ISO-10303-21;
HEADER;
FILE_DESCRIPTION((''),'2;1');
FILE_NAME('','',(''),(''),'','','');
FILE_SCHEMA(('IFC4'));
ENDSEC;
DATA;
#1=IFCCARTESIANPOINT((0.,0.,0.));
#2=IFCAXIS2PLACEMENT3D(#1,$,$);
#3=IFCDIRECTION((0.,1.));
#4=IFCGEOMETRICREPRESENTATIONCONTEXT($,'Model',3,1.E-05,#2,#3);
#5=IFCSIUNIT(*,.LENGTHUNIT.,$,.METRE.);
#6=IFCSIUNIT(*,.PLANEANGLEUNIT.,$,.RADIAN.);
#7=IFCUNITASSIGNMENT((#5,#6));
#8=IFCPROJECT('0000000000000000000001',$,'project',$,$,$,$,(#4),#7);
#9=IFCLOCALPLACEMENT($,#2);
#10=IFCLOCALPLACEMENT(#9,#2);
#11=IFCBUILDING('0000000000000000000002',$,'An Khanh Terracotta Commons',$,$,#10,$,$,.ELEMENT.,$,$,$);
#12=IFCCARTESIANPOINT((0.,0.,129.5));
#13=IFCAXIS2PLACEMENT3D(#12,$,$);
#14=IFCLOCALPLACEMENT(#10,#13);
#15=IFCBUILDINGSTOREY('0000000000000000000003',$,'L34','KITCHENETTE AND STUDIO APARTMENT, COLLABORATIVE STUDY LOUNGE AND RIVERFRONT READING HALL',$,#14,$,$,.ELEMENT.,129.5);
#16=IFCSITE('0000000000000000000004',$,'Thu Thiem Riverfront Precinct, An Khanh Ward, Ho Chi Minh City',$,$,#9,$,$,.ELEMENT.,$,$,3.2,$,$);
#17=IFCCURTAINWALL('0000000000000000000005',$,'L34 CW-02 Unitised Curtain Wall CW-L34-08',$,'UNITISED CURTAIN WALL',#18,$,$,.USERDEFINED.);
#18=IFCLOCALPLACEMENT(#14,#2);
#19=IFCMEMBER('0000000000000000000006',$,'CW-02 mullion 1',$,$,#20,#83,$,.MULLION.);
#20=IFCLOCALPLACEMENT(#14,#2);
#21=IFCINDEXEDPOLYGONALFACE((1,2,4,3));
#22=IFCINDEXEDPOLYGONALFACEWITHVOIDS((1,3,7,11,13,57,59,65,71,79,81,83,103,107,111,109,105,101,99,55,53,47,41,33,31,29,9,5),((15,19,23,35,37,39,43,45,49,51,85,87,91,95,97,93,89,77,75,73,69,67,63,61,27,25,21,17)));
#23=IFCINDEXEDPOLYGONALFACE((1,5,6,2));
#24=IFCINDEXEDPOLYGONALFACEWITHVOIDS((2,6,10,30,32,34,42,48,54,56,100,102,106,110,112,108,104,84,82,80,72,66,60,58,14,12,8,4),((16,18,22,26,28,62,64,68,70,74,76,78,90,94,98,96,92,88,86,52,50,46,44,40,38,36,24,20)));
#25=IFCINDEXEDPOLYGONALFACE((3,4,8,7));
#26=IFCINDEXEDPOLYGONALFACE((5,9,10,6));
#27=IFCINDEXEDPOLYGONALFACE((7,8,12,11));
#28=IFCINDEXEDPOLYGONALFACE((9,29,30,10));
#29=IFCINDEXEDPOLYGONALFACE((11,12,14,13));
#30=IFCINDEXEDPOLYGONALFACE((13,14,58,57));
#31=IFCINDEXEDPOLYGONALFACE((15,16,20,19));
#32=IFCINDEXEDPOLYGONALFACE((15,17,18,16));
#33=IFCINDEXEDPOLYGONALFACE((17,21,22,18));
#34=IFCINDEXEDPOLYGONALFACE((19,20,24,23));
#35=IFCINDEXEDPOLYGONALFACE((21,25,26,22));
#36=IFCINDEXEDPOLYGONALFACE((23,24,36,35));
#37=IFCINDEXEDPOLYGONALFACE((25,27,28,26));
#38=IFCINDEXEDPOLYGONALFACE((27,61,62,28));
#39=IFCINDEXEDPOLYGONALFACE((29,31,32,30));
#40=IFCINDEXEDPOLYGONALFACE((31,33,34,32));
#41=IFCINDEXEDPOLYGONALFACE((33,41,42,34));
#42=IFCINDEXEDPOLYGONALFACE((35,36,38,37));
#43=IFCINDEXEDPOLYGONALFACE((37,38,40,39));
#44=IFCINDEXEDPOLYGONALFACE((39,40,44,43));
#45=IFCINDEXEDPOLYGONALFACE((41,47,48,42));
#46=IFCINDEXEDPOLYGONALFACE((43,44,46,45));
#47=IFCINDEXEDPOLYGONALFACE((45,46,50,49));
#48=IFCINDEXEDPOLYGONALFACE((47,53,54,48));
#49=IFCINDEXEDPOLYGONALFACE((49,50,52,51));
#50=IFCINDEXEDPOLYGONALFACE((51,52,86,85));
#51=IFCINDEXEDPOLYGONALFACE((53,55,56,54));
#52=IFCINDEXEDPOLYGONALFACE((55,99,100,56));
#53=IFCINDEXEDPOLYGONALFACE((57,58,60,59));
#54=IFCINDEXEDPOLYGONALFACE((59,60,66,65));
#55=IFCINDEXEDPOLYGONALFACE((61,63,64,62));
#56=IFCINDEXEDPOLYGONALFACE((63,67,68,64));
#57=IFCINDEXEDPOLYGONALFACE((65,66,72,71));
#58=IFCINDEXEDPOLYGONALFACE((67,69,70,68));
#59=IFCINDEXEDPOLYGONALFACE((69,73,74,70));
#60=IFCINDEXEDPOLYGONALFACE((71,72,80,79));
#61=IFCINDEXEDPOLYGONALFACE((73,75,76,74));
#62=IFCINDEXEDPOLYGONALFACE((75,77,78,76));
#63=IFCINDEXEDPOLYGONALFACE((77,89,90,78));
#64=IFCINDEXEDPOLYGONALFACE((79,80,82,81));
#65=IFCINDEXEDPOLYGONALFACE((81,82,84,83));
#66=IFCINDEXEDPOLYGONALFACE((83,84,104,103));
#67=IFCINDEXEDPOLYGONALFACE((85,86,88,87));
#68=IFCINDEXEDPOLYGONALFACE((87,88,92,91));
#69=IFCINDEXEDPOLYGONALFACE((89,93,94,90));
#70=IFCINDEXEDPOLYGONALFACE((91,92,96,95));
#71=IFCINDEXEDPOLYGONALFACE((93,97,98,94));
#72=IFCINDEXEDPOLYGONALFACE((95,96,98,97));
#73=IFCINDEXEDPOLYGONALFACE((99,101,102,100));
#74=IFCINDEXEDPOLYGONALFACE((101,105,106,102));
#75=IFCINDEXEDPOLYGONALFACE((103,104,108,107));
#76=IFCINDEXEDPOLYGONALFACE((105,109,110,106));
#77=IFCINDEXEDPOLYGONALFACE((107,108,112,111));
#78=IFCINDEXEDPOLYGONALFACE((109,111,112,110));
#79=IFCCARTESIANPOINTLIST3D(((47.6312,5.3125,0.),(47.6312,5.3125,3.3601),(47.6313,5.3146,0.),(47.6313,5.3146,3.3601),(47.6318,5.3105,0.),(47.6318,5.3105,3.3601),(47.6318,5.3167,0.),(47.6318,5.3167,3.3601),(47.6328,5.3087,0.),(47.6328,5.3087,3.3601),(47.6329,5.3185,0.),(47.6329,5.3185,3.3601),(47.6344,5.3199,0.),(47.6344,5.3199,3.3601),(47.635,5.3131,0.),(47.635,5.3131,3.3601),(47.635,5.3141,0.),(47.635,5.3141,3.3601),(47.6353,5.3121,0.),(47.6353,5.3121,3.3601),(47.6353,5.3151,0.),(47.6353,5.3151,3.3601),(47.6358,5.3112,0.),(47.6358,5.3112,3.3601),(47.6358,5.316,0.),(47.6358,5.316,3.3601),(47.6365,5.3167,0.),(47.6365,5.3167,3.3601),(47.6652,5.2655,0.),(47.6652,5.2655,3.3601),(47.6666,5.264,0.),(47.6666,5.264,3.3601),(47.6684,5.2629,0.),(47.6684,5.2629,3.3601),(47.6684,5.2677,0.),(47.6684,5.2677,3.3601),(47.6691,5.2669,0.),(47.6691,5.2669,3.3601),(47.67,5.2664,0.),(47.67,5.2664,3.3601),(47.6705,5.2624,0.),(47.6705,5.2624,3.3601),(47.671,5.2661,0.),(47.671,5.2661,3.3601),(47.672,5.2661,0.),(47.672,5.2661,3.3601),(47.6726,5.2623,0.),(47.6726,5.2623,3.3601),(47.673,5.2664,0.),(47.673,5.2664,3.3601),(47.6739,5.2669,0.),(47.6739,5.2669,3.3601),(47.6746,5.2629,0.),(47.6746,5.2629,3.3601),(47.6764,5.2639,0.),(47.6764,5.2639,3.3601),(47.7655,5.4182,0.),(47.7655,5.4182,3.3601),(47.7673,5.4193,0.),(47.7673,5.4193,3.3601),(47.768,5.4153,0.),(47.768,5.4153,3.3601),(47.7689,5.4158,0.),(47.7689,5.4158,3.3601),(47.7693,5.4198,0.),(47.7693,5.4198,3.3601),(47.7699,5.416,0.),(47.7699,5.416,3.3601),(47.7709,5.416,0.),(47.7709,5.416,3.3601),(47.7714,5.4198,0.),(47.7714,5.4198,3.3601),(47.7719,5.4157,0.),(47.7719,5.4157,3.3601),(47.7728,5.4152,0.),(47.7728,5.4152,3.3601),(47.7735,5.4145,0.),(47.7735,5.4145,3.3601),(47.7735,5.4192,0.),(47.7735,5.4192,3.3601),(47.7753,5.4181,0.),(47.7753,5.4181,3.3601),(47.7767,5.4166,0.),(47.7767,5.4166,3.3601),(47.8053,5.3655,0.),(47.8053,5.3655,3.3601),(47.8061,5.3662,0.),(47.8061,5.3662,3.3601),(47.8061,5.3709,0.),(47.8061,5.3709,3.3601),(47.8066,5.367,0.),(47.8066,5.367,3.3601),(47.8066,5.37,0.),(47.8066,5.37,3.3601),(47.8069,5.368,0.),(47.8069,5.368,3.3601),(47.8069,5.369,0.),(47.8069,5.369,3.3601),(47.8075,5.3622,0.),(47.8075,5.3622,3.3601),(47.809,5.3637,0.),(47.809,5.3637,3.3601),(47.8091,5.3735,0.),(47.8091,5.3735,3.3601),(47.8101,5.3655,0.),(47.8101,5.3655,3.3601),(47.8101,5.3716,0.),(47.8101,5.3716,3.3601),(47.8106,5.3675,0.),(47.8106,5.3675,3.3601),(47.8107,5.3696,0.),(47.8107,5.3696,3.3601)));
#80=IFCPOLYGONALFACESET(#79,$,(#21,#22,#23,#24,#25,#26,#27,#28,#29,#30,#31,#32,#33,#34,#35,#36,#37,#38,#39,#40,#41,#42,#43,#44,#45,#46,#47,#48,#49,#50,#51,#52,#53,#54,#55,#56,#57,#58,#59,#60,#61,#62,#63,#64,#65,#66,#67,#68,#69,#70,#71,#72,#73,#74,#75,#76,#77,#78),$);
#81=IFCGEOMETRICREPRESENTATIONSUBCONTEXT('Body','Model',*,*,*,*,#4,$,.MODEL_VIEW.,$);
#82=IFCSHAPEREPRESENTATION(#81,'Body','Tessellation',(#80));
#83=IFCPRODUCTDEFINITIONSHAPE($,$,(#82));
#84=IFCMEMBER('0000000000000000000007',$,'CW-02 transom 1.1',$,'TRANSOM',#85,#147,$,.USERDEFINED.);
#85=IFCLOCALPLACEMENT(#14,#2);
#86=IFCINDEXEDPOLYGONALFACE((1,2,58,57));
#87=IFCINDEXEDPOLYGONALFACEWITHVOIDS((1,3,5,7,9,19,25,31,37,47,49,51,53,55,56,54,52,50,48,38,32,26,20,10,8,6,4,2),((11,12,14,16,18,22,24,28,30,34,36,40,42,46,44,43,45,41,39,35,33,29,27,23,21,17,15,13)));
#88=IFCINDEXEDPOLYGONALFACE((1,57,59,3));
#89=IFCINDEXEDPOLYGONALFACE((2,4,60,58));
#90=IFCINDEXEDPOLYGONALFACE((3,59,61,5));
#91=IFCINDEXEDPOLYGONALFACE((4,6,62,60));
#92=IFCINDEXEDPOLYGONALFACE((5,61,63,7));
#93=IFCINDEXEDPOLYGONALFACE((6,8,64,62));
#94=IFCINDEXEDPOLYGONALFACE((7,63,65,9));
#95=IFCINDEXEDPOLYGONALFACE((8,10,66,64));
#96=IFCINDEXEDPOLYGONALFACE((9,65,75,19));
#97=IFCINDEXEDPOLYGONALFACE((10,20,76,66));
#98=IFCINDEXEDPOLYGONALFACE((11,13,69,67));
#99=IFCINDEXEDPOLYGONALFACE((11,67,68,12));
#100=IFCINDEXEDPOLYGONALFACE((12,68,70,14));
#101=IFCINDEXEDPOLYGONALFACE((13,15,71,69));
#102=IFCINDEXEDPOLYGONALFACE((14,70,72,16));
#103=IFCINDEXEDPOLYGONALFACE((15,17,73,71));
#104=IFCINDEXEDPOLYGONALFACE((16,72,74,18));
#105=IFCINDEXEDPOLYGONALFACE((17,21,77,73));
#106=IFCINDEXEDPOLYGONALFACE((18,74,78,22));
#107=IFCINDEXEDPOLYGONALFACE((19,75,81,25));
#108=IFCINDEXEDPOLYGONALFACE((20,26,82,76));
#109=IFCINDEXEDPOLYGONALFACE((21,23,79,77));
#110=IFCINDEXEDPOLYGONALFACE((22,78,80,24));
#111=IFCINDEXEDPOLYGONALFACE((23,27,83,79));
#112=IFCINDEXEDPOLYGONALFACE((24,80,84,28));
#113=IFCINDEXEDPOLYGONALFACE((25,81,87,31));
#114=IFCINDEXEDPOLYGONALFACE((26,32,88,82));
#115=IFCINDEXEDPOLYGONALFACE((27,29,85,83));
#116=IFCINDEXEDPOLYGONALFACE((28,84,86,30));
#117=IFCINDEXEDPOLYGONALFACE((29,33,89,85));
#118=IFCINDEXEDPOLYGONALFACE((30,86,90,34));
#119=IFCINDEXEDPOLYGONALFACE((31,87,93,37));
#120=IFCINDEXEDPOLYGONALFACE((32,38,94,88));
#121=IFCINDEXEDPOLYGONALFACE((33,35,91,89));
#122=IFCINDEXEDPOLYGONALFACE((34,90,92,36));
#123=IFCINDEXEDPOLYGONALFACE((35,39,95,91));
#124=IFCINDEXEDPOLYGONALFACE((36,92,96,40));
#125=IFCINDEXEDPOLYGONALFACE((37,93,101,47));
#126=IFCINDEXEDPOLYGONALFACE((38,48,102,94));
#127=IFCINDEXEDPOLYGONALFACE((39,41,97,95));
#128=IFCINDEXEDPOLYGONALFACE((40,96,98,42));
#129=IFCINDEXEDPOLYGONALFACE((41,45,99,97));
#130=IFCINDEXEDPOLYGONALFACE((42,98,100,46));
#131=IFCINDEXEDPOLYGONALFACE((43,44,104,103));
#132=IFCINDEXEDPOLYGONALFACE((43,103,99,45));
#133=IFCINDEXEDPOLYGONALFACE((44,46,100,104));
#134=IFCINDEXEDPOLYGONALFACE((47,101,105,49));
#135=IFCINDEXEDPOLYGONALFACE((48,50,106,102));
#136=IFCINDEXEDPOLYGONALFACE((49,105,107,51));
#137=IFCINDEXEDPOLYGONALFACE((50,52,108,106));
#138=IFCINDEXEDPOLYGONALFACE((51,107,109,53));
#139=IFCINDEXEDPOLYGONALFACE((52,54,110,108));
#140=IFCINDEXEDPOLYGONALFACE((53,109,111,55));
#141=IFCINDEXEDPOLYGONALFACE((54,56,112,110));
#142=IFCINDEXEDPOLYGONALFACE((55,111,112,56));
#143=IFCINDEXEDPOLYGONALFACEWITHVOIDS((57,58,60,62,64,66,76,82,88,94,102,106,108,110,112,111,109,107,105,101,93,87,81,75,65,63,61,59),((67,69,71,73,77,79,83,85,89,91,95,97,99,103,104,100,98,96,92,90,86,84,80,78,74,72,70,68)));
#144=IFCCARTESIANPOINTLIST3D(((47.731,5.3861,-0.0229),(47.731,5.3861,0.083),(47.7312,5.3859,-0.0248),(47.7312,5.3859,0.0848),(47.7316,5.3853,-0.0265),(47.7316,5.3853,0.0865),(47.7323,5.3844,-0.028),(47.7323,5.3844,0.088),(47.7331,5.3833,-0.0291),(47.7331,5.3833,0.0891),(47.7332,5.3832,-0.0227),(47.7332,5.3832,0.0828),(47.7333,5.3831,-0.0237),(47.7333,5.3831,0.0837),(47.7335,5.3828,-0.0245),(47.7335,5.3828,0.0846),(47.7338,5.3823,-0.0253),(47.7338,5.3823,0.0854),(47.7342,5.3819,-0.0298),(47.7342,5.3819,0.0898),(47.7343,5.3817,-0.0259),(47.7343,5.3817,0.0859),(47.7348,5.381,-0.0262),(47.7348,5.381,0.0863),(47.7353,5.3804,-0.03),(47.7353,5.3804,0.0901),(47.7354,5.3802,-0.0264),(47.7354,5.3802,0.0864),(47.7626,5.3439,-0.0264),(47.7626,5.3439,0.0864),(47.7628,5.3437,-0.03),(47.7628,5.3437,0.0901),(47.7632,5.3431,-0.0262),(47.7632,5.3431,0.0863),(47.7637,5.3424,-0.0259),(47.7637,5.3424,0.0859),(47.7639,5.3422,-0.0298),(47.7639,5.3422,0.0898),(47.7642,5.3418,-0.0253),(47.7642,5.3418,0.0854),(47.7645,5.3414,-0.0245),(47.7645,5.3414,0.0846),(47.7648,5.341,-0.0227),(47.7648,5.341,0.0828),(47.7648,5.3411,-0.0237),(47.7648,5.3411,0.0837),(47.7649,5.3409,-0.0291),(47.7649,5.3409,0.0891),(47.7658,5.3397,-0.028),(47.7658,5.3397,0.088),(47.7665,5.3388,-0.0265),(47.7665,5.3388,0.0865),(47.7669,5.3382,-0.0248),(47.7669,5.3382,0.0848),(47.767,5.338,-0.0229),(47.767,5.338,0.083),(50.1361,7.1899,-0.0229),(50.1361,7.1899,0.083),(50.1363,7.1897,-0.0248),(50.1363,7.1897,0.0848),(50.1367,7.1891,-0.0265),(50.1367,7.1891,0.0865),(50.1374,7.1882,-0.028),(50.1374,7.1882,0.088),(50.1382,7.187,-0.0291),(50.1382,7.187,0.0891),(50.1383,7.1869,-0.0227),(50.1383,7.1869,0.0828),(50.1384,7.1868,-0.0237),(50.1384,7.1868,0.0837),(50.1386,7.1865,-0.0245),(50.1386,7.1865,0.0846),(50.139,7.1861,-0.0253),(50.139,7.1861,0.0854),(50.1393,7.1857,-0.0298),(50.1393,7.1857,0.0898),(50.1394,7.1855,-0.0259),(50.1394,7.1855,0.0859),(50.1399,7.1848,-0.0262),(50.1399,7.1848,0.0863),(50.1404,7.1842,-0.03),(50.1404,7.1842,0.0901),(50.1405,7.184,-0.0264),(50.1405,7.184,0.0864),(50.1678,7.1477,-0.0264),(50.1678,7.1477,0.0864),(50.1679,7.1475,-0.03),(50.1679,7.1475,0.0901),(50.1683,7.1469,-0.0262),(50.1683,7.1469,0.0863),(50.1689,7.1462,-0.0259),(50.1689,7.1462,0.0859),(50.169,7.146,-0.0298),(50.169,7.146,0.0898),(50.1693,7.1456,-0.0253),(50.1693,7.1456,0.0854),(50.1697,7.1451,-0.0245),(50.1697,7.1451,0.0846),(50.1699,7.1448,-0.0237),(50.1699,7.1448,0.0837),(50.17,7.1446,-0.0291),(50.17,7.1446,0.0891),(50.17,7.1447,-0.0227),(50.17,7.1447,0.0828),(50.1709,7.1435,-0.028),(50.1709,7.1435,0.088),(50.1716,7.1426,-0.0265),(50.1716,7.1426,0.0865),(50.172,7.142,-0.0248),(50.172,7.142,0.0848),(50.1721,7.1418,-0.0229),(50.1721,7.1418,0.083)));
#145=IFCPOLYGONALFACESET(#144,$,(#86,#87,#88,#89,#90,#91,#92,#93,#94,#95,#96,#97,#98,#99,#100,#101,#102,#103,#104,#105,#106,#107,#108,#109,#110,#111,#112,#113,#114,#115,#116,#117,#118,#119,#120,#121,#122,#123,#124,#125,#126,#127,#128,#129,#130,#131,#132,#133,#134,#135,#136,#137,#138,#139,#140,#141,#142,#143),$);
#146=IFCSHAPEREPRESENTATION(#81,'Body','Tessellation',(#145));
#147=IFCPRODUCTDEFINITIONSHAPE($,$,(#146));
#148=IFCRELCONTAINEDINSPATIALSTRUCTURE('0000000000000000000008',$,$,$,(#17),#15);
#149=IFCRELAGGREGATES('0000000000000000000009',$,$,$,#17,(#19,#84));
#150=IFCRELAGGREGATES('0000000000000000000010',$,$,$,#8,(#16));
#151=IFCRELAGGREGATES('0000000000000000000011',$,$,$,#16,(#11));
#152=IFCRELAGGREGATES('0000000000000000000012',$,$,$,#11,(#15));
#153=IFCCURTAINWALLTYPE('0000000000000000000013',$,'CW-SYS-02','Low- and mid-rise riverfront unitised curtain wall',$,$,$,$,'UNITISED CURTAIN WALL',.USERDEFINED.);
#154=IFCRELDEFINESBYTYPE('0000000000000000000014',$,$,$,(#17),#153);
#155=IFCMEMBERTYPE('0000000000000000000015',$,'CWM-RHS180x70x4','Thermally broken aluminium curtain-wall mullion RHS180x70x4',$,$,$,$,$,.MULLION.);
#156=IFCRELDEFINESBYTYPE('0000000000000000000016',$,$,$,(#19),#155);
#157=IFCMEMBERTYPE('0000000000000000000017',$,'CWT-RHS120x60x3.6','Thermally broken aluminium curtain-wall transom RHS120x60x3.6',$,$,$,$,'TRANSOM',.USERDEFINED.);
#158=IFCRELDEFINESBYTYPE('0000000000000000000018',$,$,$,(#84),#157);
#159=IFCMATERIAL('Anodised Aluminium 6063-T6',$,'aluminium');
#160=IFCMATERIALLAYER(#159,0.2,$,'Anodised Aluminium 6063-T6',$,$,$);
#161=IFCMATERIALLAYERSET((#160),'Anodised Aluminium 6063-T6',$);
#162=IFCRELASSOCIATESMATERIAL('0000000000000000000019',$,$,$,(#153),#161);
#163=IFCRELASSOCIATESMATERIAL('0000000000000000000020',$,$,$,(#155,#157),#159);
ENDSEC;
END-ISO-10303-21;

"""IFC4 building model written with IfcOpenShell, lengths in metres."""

from ifc_helpers import new_model, si_unit, direction, frame, origin, origin_2d, place, context, subcontext, project, spatial, hollow_rectangle, extrude, material, layer, layer_set, material_profile, profile_set, type_object, element, aggregate, save


model = new_model("IFC4")

# Units and contexts
model_context = context("Model", 3, precision=1e-05, world=origin(), true_north=direction((0.0, 1.0)))
body_context = subcontext(model_context, "Body", "Model", "MODEL_VIEW")
ifc_project = project(units=[si_unit("LENGTHUNIT", "METRE"), si_unit("PLANEANGLEUNIT", "RADIAN")], contexts=[model_context])

# Site, building, storey
site_placement = place(None, origin())
site = spatial("IfcSite", under=ifc_project, at=site_placement, Name="Thu Thiem Riverfront Precinct, An Khanh Ward, Ho Chi Minh City", CompositionType="ELEMENT", RefElevation=3.2)
building_placement = place(site_placement, origin())
building = spatial("IfcBuilding", under=site, at=building_placement, Name="An Khanh Terracotta Commons", CompositionType="ELEMENT")
storey_placement = place(building_placement, frame((0.0, 0.0, 129.5)))
storey = spatial("IfcBuildingStorey", under=building, at=storey_placement, Name="L34", Description="KITCHENETTE AND STUDIO APARTMENT, COLLABORATIVE STUDY LOUNGE AND RIVERFRONT READING HALL", CompositionType="ELEMENT", Elevation=129.5)

# Curtain wall, members
ifc_material_1 = material(Name="Anodised Aluminium 6063-T6", Category="aluminium")
ifc_layer_1 = layer(ifc_material_1, 0.2, Name="Anodised Aluminium 6063-T6")
ifc_layer_set_1 = layer_set([ifc_layer_1], Name="Anodised Aluminium 6063-T6")
curtain_wall_type = type_object("IfcCurtainWallType", Name="CW-SYS-02", Description="Low- and mid-rise riverfront unitised curtain wall", ElementType="UNITISED CURTAIN WALL", PredefinedType="USERDEFINED", material=ifc_layer_set_1)
curtain_wall_placement = place(storey_placement, origin())
curtain_wall = element("IfcCurtainWall", 1, at=curtain_wall_placement, inside=storey, type_object=curtain_wall_type, Name="L34 CW-02 Unitised Curtain Wall CW-L34-08", ObjectType="UNITISED CURTAIN WALL", PredefinedType="USERDEFINED")
ifc_material_profile_1 = material_profile(ifc_material_1, hollow_rectangle(XDim=0.0701, YDim=0.1799, WallThickness=0.0039, InnerFilletRadius=0.0039, OuterFilletRadius=0.0081, at=origin_2d()), Name="RHS180x70x4")
ifc_profile_set_1 = profile_set([ifc_material_profile_1], Name="Anodised Aluminium 6063-T6")
member_type_1 = type_object("IfcMemberType", Name="CWM-RHS180x70x4", Description="Thermally broken aluminium curtain-wall mullion RHS180x70x4", PredefinedType="MULLION", material=ifc_profile_set_1)
member_1_placement = place(storey_placement, frame((47.7209, 5.3411, 0.0), z_axis=(0.0, 0.0, 1.0), x_axis=(-0.599983, 0.800013, 0.0)))
member_1 = element("IfcMember", 2, at=member_1_placement, type_object=member_type_1, Name="CW-02 mullion 1", PredefinedType="MULLION", context=body_context, shape_type="SweptSolid", body=[
    extrude(hollow_rectangle(XDim=0.0701, YDim=0.1799, WallThickness=0.0039, InnerFilletRadius=0.0039, OuterFilletRadius=0.0081, at=origin_2d()), origin(), (0.0, 0.0, 1.0), 3.3601),
])
ifc_material_profile_2 = material_profile(ifc_material_1, hollow_rectangle(XDim=0.0601, YDim=0.1201, WallThickness=0.0037, InnerFilletRadius=0.0037, OuterFilletRadius=0.0071, at=origin_2d()), Name="RHS120x60x3.6")
ifc_profile_set_2 = profile_set([ifc_material_profile_2], Name="Anodised Aluminium 6063-T6")
member_type_2 = type_object("IfcMemberType", Name="CWT-RHS120x60x3.6", Description="Thermally broken aluminium curtain-wall transom RHS120x60x3.6", ElementType="TRANSOM", PredefinedType="USERDEFINED", material=ifc_profile_set_2)
member_2_placement = place(storey_placement, frame((47.749, 5.3621, 0.03), z_axis=(0.80001, 0.599987, 0.0), x_axis=(-0.599987, 0.80001, 0.0)))
member_2 = element("IfcMember", 3, at=member_2_placement, type_object=member_type_2, Name="CW-02 transom 1.1", ObjectType="TRANSOM", PredefinedType="USERDEFINED", context=body_context, shape_type="SweptSolid", body=[
    extrude(hollow_rectangle(XDim=0.0601, YDim=0.1201, WallThickness=0.0037, InnerFilletRadius=0.0037, OuterFilletRadius=0.0071, at=origin_2d()), origin(), (0.0, 0.0, 1.0), 3.0063),
])
aggregate(curtain_wall, [member_1, member_2])

save(model, "model.ifc")
